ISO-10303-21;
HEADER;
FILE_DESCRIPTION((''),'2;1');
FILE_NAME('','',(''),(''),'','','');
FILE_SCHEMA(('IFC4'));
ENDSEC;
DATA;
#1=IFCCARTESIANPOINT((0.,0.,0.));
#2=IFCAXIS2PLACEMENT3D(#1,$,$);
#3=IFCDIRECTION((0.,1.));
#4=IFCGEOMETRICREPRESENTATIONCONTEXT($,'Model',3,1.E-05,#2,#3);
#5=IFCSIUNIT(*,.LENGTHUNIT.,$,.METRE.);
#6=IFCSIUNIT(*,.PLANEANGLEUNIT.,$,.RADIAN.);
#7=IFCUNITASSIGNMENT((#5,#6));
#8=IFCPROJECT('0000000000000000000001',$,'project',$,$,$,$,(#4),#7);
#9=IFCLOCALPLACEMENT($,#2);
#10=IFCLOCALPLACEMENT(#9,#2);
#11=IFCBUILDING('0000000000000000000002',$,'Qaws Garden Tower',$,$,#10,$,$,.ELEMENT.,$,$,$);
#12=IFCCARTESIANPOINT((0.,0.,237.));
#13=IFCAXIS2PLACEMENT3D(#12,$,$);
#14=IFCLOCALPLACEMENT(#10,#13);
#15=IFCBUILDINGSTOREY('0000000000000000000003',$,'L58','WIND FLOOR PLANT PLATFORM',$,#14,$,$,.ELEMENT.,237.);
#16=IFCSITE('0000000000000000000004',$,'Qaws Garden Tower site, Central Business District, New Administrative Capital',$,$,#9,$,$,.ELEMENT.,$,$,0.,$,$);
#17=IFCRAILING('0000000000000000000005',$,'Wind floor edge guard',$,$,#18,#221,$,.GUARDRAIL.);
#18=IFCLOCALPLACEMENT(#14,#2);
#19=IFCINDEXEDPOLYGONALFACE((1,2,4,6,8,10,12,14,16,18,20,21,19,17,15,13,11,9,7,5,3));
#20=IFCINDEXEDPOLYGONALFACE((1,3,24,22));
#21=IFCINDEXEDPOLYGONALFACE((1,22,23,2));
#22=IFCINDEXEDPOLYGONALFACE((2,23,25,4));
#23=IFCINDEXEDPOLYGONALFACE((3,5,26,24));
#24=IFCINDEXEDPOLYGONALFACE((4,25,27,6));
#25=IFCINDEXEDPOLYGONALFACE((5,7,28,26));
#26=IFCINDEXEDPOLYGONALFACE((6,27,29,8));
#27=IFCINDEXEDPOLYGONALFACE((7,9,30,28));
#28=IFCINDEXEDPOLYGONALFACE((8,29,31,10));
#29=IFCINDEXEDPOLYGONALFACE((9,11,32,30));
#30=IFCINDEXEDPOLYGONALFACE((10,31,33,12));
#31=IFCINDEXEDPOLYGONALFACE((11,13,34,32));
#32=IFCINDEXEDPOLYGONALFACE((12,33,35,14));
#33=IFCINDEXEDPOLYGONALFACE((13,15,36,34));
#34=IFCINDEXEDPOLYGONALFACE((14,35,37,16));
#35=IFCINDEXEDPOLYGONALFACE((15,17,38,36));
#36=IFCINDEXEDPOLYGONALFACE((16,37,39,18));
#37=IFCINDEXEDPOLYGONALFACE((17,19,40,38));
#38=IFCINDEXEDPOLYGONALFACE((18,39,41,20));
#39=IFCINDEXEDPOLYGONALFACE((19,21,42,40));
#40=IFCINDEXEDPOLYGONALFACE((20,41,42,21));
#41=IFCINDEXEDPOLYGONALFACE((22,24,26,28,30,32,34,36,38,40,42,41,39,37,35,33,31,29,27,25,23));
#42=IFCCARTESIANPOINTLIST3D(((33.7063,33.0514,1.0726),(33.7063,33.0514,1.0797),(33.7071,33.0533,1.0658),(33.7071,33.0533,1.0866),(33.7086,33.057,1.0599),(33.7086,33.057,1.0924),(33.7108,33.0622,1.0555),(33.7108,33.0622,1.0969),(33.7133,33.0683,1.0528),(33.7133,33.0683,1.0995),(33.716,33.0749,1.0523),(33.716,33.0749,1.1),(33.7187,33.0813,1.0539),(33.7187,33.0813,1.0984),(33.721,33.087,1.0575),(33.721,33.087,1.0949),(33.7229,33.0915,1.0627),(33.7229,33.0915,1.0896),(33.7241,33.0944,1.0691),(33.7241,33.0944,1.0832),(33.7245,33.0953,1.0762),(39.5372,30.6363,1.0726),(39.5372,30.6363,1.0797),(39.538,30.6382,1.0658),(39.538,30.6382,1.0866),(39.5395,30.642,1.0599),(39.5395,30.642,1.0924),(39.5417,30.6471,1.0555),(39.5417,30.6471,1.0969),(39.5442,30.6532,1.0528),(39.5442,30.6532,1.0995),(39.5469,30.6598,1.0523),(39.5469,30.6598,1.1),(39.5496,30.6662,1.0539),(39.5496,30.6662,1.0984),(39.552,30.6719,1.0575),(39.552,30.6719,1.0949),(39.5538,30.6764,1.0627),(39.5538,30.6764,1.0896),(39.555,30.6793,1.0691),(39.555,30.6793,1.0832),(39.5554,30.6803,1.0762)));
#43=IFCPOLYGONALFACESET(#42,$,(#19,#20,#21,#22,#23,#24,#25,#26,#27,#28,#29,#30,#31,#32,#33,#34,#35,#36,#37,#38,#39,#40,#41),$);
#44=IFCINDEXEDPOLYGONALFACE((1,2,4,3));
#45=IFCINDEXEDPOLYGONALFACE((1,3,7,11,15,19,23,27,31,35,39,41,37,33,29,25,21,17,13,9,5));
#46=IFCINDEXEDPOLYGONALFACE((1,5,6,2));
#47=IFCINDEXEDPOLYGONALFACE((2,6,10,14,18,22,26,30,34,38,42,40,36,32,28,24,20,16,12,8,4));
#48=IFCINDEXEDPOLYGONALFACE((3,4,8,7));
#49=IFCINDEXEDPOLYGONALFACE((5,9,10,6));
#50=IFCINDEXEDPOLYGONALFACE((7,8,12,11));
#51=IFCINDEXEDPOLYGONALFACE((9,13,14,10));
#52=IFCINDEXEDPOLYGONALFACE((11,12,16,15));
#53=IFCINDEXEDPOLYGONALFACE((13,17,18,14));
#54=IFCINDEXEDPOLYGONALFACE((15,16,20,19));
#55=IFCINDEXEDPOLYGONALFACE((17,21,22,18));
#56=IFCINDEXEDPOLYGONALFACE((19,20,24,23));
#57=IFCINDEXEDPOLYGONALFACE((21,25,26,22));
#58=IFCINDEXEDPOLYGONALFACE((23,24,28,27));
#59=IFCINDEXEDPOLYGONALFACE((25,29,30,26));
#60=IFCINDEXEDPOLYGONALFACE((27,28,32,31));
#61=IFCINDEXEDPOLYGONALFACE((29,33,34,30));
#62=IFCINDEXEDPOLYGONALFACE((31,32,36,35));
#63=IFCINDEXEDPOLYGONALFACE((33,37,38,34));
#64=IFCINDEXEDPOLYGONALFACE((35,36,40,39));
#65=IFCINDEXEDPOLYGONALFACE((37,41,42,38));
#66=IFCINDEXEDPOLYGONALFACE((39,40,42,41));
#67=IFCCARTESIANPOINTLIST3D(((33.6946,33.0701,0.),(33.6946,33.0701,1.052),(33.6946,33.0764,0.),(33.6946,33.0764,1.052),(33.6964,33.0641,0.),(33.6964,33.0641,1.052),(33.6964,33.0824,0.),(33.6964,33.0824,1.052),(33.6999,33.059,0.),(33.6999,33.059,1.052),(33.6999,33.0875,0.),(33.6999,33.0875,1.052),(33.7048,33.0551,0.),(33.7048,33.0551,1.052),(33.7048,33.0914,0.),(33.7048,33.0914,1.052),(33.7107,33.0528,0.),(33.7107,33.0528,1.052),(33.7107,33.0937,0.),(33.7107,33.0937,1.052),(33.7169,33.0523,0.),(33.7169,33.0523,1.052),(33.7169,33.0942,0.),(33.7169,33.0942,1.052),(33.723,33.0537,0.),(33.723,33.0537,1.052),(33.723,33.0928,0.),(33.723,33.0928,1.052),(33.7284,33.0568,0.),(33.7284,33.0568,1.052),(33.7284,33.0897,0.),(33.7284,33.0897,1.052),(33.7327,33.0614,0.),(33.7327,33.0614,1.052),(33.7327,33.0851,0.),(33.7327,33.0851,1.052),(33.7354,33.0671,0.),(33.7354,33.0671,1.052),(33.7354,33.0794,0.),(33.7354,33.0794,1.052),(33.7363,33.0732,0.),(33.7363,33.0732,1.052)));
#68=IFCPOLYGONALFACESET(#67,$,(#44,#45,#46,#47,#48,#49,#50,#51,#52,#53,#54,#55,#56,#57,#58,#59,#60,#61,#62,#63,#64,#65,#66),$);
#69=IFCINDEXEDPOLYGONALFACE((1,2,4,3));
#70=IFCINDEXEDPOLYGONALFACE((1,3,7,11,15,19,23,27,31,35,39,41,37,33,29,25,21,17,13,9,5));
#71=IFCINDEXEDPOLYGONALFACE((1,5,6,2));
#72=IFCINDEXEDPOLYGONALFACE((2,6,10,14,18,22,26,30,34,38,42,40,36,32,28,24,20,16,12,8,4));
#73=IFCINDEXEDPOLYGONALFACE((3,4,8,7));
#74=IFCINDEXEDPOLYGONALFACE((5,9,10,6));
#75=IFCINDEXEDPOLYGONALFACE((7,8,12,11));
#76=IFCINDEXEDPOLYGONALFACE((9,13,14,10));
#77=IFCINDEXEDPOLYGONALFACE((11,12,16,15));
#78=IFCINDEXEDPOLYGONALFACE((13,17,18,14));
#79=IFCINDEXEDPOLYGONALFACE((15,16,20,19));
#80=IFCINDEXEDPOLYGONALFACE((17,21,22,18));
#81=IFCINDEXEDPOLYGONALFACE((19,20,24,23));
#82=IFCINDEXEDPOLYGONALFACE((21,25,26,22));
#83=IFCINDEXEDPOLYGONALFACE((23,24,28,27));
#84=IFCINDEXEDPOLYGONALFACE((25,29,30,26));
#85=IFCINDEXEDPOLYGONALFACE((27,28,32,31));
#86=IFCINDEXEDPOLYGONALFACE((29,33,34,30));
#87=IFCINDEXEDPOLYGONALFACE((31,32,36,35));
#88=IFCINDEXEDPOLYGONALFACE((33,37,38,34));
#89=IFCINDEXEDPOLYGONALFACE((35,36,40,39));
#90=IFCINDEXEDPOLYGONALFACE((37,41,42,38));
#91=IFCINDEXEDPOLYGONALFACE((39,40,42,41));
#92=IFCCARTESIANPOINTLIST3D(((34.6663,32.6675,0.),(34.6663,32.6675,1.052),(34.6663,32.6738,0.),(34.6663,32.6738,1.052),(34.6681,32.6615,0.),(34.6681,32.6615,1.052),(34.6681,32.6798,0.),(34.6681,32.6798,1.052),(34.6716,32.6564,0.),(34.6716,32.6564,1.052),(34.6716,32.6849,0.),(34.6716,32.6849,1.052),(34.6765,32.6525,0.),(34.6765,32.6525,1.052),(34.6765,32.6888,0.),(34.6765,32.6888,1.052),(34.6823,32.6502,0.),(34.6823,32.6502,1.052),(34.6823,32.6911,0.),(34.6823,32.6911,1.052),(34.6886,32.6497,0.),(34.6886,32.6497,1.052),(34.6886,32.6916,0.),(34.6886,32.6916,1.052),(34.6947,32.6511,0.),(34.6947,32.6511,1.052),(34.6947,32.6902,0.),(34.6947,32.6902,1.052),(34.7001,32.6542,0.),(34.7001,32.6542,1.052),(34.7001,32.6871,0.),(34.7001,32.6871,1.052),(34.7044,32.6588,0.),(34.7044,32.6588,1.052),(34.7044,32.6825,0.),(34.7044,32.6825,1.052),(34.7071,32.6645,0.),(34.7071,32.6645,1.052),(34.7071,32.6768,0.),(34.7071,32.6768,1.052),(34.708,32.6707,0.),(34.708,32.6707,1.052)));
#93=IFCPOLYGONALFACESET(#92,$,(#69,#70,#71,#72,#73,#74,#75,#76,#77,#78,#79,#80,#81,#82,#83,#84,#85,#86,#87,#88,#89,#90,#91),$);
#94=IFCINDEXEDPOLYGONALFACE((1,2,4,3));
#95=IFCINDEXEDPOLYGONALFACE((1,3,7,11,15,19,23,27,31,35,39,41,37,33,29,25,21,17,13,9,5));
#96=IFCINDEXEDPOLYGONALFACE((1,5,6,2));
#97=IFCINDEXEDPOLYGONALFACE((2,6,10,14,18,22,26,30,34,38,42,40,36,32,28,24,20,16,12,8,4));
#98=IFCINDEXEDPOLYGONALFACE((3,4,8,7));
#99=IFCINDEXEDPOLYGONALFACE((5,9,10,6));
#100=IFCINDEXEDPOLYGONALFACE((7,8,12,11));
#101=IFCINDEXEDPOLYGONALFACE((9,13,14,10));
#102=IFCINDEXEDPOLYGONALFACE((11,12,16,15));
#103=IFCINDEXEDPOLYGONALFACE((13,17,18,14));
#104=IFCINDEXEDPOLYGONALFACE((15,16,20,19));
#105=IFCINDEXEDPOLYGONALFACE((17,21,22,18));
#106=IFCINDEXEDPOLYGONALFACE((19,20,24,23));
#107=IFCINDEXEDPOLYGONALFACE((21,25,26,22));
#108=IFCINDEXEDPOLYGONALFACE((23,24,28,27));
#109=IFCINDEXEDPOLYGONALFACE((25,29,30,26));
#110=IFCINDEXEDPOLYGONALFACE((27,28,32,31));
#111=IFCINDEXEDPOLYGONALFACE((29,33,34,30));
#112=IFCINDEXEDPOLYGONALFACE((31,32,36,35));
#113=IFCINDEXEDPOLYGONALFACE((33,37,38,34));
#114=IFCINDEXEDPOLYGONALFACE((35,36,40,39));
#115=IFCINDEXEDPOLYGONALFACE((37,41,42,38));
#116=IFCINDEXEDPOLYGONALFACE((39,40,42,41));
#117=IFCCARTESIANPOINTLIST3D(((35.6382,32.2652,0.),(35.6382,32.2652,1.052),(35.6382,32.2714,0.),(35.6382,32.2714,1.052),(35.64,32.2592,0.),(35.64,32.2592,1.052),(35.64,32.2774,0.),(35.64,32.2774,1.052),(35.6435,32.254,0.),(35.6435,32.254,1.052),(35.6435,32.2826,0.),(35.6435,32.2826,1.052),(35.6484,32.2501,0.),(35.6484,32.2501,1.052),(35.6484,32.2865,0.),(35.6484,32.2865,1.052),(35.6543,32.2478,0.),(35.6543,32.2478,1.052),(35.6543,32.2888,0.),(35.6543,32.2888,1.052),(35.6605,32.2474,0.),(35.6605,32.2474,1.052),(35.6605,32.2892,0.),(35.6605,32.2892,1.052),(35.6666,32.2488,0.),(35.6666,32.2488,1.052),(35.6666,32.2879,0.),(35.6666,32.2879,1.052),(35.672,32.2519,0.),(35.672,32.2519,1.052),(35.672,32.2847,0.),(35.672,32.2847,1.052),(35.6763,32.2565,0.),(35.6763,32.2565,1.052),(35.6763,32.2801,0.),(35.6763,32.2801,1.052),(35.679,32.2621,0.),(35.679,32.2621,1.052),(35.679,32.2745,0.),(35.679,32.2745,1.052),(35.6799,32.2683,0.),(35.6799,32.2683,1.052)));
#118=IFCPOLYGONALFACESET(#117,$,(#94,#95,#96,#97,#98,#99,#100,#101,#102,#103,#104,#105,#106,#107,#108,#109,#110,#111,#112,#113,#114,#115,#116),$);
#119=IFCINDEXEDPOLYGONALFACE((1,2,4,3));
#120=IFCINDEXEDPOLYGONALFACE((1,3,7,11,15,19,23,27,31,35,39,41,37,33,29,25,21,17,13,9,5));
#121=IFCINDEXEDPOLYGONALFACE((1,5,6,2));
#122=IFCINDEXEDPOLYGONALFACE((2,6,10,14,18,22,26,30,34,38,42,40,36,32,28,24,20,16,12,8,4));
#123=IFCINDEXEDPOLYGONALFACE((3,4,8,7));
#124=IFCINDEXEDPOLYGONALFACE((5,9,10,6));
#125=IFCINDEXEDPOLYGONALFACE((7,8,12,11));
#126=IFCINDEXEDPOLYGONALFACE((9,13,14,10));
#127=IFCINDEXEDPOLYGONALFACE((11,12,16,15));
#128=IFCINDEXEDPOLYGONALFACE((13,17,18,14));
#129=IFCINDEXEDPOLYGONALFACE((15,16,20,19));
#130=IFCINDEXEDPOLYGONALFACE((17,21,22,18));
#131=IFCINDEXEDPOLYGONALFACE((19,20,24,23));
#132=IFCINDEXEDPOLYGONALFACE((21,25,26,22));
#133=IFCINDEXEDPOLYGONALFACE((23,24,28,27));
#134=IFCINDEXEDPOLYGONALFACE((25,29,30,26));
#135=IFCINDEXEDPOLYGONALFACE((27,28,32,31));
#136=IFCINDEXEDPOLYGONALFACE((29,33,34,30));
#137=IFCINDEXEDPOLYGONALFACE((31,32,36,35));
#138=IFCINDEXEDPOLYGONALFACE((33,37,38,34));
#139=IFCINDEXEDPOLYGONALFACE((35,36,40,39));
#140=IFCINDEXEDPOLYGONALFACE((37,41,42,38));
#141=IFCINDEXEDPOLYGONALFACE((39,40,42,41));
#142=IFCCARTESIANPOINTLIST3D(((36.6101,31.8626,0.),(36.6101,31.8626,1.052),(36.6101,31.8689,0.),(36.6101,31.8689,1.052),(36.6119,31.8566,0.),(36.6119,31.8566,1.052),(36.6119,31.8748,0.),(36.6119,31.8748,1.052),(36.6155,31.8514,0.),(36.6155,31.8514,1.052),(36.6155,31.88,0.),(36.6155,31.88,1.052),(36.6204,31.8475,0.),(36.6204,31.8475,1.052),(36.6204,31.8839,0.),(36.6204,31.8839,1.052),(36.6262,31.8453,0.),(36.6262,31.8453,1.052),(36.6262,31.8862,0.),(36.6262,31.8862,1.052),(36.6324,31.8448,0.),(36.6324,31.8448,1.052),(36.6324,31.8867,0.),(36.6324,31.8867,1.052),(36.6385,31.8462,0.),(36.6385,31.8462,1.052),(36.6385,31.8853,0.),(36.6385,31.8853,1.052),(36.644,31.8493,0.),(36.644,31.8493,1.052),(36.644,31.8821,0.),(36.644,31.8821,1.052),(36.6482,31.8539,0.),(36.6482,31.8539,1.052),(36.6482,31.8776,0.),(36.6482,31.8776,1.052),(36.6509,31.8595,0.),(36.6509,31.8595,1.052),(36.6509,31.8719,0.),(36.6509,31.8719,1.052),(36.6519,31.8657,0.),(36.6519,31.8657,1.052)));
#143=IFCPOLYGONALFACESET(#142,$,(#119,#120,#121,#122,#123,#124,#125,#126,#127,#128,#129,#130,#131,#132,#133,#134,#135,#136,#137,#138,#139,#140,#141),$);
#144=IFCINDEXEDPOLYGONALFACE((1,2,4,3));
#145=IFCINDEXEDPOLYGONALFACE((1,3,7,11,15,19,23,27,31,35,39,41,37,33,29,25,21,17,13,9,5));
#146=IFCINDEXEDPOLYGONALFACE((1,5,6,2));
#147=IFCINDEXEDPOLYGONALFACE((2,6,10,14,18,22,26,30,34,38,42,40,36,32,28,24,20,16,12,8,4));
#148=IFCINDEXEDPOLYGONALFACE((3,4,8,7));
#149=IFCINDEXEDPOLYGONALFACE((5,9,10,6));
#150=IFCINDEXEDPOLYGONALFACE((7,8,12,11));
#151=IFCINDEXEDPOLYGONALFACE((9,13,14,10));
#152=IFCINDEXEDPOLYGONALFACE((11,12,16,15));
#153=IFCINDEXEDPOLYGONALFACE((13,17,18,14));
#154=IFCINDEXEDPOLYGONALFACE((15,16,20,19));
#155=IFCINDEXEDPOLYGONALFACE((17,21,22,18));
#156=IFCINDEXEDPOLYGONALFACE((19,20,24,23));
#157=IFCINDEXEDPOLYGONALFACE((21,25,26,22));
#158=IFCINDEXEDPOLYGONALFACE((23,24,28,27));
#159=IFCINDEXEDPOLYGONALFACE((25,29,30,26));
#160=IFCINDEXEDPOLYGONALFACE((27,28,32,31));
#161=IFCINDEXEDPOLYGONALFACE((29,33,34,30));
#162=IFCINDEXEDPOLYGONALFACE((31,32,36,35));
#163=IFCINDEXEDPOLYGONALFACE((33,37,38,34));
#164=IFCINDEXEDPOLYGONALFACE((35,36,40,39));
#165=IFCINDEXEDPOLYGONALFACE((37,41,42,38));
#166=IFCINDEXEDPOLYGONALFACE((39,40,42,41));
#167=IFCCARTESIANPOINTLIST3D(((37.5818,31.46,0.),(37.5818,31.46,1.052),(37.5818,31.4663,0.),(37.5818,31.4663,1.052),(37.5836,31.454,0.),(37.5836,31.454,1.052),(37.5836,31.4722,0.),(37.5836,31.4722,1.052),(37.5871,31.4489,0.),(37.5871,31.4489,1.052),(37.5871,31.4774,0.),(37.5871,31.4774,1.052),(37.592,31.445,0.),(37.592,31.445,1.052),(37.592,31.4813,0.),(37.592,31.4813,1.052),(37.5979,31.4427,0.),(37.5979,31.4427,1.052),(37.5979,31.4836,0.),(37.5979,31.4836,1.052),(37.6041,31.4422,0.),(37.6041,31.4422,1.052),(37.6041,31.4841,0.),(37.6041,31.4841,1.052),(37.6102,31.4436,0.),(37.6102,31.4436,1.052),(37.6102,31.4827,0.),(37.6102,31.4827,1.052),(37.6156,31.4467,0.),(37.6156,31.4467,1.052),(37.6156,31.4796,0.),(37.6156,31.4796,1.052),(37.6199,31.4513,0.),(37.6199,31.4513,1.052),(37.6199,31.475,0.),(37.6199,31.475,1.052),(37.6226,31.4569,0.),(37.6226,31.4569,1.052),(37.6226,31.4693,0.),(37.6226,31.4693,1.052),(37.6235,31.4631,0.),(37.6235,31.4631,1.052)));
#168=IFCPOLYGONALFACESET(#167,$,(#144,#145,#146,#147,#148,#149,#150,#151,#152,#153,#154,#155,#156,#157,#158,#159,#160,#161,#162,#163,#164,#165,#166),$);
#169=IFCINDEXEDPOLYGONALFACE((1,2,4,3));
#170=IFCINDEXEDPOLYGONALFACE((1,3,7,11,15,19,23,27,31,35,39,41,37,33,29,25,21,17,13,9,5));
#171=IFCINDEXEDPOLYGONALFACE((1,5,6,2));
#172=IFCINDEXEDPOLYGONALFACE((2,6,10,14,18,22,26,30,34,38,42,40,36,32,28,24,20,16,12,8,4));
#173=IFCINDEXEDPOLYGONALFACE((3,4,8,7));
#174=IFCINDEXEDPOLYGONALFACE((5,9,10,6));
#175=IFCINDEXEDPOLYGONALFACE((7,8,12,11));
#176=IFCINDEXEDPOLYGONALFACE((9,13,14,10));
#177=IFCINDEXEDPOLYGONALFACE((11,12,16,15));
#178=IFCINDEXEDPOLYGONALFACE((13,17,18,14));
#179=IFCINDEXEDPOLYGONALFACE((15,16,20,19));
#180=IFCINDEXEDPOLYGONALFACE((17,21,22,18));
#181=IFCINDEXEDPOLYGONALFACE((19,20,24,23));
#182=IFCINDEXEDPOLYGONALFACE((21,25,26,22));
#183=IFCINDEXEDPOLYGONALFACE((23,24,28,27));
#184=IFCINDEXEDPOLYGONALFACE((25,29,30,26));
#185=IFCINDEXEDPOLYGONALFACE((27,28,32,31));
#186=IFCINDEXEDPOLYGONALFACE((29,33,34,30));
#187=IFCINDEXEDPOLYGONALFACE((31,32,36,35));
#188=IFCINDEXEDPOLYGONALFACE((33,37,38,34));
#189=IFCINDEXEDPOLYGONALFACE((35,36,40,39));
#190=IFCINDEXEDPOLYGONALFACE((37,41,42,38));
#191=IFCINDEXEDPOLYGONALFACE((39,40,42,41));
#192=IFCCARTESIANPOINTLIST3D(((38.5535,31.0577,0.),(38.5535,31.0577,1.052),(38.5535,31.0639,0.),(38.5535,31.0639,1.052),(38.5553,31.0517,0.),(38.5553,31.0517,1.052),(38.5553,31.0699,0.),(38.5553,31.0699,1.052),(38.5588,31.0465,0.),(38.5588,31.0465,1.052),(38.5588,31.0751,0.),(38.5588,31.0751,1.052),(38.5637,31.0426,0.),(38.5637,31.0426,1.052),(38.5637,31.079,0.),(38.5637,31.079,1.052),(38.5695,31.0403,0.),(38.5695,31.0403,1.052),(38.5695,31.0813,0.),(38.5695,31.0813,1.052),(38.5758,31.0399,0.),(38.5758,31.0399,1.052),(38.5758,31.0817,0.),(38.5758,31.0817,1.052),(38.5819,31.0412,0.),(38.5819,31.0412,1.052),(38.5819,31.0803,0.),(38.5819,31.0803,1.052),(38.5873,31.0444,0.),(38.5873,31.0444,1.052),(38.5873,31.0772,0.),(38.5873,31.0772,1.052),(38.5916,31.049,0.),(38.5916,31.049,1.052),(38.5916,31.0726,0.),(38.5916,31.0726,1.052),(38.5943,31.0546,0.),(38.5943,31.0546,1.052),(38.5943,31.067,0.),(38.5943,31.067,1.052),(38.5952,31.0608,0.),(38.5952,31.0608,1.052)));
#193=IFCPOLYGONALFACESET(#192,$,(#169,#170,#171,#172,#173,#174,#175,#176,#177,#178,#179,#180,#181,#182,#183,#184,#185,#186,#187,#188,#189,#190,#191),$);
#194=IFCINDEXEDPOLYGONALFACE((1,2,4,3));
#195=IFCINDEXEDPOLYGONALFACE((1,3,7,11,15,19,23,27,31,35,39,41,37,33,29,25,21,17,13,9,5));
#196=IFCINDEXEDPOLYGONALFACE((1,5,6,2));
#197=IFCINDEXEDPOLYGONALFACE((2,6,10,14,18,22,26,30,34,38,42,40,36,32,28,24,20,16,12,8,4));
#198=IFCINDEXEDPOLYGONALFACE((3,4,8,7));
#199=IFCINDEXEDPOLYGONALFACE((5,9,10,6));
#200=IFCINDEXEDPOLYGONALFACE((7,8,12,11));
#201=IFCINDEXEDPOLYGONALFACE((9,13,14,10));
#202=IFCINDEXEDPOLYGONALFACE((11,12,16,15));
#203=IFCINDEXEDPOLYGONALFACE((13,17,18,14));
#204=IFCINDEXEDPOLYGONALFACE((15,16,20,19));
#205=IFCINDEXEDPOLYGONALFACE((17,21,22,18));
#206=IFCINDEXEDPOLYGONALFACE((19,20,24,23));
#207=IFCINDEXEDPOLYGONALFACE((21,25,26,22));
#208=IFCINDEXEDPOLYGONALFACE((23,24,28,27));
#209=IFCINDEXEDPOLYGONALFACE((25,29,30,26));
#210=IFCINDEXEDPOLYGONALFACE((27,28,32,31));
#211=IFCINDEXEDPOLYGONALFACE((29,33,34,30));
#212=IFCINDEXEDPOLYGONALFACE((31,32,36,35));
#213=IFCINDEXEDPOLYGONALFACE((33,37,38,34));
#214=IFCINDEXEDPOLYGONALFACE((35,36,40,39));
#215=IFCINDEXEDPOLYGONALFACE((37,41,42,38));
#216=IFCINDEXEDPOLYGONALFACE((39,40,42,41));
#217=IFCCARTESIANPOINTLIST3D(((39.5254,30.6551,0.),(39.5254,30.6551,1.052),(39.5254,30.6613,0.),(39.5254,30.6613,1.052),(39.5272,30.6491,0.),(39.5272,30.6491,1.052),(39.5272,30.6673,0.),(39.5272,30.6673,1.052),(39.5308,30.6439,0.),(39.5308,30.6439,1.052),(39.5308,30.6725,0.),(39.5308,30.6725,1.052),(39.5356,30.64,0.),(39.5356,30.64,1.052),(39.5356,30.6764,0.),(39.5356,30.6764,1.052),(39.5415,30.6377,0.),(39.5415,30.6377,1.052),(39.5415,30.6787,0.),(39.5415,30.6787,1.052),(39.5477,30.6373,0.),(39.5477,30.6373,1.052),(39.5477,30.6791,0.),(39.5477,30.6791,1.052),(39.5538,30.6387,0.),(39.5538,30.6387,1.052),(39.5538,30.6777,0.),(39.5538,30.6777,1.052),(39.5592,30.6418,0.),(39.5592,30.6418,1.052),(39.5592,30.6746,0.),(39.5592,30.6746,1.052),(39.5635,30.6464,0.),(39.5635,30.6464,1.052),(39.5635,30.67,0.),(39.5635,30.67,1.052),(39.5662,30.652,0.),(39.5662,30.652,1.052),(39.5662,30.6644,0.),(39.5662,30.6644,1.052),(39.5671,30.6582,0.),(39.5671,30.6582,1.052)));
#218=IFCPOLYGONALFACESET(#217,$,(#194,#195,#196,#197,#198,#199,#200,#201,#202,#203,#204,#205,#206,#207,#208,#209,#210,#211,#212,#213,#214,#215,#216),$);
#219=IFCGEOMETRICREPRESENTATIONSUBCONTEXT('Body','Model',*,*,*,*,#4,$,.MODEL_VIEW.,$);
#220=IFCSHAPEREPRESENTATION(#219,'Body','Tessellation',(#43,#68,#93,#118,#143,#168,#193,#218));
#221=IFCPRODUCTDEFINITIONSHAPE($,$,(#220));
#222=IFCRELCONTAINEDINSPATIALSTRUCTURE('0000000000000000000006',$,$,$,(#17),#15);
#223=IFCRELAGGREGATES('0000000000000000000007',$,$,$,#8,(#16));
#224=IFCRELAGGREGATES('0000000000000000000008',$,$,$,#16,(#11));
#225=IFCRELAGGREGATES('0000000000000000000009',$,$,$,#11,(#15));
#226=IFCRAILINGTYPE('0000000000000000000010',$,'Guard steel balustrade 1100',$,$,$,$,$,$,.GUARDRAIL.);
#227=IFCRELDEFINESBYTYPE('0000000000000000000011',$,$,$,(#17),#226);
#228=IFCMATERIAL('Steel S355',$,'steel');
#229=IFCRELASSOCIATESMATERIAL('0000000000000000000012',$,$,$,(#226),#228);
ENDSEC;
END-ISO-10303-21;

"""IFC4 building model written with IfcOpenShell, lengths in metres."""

from ifc_helpers import new_model, si_unit, direction, frame, origin, origin_2d, place, context, subcontext, project, spatial, circle, extrude, material, type_object, element, save


model = new_model("IFC4")

# Units and contexts
model_context = context("Model", 3, precision=1e-05, world=origin(), true_north=direction((0.0, 1.0)))
body_context = subcontext(model_context, "Body", "Model", "MODEL_VIEW")
ifc_project = project(units=[si_unit("LENGTHUNIT", "METRE"), si_unit("PLANEANGLEUNIT", "RADIAN")], contexts=[model_context])

# Site, building, storey
site_placement = place(None, origin())
site = spatial("IfcSite", under=ifc_project, at=site_placement, Name="Qaws Garden Tower site, Central Business District, New Administrative Capital", CompositionType="ELEMENT", RefElevation=0.0)
building_placement = place(site_placement, origin())
building = spatial("IfcBuilding", under=site, at=building_placement, Name="Qaws Garden Tower", CompositionType="ELEMENT")
storey_placement = place(building_placement, frame((0.0, 0.0, 237.0)))
storey = spatial("IfcBuildingStorey", under=building, at=storey_placement, Name="L58", Description="WIND FLOOR PLANT PLATFORM", CompositionType="ELEMENT", Elevation=237.0)

# Railing
ifc_material_1 = material(Name="Steel S355", Category="steel")
railing_type = type_object("IfcRailingType", Name="Guard steel balustrade 1100", PredefinedType="GUARDRAIL", material=ifc_material_1)
railing_placement = place(storey_placement, frame((33.7153, 33.0732, 0.0)))
element("IfcRailing", 1, at=railing_placement, inside=storey, type_object=railing_type, Name="Wind floor edge guard", PredefinedType="GUARDRAIL", context=body_context, shape_type="SweptSolid", body=[
    extrude(circle(Radius=0.0239, at=origin_2d()), frame((0.0, 0.0, 1.0762), z_axis=(0.923889, -0.382662, 0.0), x_axis=(0.382662, 0.923889, 0.0)), (0.0, 0.0, 1.0), 6.3113),
    extrude(circle(Radius=0.021, at=origin_2d()), origin(), (0.0, 0.0, 1.0), 1.052),
    extrude(circle(Radius=0.021, at=origin_2d()), frame((0.9717, -0.4026, 0.0)), (0.0, 0.0, 1.0), 1.052),
    extrude(circle(Radius=0.021, at=origin_2d()), frame((1.9436, -0.8049, 0.0)), (0.0, 0.0, 1.0), 1.052),
    extrude(circle(Radius=0.021, at=origin_2d()), frame((2.9155, -1.2075, 0.0)), (0.0, 0.0, 1.0), 1.052),
    extrude(circle(Radius=0.021, at=origin_2d()), frame((3.8872, -1.6101, 0.0)), (0.0, 0.0, 1.0), 1.052),
    extrude(circle(Radius=0.021, at=origin_2d()), frame((4.8589, -2.0125, 0.0)), (0.0, 0.0, 1.0), 1.052),
    extrude(circle(Radius=0.021, at=origin_2d()), frame((5.8308, -2.415, 0.0)), (0.0, 0.0, 1.0), 1.052),
])

save(model, "model.ifc")
